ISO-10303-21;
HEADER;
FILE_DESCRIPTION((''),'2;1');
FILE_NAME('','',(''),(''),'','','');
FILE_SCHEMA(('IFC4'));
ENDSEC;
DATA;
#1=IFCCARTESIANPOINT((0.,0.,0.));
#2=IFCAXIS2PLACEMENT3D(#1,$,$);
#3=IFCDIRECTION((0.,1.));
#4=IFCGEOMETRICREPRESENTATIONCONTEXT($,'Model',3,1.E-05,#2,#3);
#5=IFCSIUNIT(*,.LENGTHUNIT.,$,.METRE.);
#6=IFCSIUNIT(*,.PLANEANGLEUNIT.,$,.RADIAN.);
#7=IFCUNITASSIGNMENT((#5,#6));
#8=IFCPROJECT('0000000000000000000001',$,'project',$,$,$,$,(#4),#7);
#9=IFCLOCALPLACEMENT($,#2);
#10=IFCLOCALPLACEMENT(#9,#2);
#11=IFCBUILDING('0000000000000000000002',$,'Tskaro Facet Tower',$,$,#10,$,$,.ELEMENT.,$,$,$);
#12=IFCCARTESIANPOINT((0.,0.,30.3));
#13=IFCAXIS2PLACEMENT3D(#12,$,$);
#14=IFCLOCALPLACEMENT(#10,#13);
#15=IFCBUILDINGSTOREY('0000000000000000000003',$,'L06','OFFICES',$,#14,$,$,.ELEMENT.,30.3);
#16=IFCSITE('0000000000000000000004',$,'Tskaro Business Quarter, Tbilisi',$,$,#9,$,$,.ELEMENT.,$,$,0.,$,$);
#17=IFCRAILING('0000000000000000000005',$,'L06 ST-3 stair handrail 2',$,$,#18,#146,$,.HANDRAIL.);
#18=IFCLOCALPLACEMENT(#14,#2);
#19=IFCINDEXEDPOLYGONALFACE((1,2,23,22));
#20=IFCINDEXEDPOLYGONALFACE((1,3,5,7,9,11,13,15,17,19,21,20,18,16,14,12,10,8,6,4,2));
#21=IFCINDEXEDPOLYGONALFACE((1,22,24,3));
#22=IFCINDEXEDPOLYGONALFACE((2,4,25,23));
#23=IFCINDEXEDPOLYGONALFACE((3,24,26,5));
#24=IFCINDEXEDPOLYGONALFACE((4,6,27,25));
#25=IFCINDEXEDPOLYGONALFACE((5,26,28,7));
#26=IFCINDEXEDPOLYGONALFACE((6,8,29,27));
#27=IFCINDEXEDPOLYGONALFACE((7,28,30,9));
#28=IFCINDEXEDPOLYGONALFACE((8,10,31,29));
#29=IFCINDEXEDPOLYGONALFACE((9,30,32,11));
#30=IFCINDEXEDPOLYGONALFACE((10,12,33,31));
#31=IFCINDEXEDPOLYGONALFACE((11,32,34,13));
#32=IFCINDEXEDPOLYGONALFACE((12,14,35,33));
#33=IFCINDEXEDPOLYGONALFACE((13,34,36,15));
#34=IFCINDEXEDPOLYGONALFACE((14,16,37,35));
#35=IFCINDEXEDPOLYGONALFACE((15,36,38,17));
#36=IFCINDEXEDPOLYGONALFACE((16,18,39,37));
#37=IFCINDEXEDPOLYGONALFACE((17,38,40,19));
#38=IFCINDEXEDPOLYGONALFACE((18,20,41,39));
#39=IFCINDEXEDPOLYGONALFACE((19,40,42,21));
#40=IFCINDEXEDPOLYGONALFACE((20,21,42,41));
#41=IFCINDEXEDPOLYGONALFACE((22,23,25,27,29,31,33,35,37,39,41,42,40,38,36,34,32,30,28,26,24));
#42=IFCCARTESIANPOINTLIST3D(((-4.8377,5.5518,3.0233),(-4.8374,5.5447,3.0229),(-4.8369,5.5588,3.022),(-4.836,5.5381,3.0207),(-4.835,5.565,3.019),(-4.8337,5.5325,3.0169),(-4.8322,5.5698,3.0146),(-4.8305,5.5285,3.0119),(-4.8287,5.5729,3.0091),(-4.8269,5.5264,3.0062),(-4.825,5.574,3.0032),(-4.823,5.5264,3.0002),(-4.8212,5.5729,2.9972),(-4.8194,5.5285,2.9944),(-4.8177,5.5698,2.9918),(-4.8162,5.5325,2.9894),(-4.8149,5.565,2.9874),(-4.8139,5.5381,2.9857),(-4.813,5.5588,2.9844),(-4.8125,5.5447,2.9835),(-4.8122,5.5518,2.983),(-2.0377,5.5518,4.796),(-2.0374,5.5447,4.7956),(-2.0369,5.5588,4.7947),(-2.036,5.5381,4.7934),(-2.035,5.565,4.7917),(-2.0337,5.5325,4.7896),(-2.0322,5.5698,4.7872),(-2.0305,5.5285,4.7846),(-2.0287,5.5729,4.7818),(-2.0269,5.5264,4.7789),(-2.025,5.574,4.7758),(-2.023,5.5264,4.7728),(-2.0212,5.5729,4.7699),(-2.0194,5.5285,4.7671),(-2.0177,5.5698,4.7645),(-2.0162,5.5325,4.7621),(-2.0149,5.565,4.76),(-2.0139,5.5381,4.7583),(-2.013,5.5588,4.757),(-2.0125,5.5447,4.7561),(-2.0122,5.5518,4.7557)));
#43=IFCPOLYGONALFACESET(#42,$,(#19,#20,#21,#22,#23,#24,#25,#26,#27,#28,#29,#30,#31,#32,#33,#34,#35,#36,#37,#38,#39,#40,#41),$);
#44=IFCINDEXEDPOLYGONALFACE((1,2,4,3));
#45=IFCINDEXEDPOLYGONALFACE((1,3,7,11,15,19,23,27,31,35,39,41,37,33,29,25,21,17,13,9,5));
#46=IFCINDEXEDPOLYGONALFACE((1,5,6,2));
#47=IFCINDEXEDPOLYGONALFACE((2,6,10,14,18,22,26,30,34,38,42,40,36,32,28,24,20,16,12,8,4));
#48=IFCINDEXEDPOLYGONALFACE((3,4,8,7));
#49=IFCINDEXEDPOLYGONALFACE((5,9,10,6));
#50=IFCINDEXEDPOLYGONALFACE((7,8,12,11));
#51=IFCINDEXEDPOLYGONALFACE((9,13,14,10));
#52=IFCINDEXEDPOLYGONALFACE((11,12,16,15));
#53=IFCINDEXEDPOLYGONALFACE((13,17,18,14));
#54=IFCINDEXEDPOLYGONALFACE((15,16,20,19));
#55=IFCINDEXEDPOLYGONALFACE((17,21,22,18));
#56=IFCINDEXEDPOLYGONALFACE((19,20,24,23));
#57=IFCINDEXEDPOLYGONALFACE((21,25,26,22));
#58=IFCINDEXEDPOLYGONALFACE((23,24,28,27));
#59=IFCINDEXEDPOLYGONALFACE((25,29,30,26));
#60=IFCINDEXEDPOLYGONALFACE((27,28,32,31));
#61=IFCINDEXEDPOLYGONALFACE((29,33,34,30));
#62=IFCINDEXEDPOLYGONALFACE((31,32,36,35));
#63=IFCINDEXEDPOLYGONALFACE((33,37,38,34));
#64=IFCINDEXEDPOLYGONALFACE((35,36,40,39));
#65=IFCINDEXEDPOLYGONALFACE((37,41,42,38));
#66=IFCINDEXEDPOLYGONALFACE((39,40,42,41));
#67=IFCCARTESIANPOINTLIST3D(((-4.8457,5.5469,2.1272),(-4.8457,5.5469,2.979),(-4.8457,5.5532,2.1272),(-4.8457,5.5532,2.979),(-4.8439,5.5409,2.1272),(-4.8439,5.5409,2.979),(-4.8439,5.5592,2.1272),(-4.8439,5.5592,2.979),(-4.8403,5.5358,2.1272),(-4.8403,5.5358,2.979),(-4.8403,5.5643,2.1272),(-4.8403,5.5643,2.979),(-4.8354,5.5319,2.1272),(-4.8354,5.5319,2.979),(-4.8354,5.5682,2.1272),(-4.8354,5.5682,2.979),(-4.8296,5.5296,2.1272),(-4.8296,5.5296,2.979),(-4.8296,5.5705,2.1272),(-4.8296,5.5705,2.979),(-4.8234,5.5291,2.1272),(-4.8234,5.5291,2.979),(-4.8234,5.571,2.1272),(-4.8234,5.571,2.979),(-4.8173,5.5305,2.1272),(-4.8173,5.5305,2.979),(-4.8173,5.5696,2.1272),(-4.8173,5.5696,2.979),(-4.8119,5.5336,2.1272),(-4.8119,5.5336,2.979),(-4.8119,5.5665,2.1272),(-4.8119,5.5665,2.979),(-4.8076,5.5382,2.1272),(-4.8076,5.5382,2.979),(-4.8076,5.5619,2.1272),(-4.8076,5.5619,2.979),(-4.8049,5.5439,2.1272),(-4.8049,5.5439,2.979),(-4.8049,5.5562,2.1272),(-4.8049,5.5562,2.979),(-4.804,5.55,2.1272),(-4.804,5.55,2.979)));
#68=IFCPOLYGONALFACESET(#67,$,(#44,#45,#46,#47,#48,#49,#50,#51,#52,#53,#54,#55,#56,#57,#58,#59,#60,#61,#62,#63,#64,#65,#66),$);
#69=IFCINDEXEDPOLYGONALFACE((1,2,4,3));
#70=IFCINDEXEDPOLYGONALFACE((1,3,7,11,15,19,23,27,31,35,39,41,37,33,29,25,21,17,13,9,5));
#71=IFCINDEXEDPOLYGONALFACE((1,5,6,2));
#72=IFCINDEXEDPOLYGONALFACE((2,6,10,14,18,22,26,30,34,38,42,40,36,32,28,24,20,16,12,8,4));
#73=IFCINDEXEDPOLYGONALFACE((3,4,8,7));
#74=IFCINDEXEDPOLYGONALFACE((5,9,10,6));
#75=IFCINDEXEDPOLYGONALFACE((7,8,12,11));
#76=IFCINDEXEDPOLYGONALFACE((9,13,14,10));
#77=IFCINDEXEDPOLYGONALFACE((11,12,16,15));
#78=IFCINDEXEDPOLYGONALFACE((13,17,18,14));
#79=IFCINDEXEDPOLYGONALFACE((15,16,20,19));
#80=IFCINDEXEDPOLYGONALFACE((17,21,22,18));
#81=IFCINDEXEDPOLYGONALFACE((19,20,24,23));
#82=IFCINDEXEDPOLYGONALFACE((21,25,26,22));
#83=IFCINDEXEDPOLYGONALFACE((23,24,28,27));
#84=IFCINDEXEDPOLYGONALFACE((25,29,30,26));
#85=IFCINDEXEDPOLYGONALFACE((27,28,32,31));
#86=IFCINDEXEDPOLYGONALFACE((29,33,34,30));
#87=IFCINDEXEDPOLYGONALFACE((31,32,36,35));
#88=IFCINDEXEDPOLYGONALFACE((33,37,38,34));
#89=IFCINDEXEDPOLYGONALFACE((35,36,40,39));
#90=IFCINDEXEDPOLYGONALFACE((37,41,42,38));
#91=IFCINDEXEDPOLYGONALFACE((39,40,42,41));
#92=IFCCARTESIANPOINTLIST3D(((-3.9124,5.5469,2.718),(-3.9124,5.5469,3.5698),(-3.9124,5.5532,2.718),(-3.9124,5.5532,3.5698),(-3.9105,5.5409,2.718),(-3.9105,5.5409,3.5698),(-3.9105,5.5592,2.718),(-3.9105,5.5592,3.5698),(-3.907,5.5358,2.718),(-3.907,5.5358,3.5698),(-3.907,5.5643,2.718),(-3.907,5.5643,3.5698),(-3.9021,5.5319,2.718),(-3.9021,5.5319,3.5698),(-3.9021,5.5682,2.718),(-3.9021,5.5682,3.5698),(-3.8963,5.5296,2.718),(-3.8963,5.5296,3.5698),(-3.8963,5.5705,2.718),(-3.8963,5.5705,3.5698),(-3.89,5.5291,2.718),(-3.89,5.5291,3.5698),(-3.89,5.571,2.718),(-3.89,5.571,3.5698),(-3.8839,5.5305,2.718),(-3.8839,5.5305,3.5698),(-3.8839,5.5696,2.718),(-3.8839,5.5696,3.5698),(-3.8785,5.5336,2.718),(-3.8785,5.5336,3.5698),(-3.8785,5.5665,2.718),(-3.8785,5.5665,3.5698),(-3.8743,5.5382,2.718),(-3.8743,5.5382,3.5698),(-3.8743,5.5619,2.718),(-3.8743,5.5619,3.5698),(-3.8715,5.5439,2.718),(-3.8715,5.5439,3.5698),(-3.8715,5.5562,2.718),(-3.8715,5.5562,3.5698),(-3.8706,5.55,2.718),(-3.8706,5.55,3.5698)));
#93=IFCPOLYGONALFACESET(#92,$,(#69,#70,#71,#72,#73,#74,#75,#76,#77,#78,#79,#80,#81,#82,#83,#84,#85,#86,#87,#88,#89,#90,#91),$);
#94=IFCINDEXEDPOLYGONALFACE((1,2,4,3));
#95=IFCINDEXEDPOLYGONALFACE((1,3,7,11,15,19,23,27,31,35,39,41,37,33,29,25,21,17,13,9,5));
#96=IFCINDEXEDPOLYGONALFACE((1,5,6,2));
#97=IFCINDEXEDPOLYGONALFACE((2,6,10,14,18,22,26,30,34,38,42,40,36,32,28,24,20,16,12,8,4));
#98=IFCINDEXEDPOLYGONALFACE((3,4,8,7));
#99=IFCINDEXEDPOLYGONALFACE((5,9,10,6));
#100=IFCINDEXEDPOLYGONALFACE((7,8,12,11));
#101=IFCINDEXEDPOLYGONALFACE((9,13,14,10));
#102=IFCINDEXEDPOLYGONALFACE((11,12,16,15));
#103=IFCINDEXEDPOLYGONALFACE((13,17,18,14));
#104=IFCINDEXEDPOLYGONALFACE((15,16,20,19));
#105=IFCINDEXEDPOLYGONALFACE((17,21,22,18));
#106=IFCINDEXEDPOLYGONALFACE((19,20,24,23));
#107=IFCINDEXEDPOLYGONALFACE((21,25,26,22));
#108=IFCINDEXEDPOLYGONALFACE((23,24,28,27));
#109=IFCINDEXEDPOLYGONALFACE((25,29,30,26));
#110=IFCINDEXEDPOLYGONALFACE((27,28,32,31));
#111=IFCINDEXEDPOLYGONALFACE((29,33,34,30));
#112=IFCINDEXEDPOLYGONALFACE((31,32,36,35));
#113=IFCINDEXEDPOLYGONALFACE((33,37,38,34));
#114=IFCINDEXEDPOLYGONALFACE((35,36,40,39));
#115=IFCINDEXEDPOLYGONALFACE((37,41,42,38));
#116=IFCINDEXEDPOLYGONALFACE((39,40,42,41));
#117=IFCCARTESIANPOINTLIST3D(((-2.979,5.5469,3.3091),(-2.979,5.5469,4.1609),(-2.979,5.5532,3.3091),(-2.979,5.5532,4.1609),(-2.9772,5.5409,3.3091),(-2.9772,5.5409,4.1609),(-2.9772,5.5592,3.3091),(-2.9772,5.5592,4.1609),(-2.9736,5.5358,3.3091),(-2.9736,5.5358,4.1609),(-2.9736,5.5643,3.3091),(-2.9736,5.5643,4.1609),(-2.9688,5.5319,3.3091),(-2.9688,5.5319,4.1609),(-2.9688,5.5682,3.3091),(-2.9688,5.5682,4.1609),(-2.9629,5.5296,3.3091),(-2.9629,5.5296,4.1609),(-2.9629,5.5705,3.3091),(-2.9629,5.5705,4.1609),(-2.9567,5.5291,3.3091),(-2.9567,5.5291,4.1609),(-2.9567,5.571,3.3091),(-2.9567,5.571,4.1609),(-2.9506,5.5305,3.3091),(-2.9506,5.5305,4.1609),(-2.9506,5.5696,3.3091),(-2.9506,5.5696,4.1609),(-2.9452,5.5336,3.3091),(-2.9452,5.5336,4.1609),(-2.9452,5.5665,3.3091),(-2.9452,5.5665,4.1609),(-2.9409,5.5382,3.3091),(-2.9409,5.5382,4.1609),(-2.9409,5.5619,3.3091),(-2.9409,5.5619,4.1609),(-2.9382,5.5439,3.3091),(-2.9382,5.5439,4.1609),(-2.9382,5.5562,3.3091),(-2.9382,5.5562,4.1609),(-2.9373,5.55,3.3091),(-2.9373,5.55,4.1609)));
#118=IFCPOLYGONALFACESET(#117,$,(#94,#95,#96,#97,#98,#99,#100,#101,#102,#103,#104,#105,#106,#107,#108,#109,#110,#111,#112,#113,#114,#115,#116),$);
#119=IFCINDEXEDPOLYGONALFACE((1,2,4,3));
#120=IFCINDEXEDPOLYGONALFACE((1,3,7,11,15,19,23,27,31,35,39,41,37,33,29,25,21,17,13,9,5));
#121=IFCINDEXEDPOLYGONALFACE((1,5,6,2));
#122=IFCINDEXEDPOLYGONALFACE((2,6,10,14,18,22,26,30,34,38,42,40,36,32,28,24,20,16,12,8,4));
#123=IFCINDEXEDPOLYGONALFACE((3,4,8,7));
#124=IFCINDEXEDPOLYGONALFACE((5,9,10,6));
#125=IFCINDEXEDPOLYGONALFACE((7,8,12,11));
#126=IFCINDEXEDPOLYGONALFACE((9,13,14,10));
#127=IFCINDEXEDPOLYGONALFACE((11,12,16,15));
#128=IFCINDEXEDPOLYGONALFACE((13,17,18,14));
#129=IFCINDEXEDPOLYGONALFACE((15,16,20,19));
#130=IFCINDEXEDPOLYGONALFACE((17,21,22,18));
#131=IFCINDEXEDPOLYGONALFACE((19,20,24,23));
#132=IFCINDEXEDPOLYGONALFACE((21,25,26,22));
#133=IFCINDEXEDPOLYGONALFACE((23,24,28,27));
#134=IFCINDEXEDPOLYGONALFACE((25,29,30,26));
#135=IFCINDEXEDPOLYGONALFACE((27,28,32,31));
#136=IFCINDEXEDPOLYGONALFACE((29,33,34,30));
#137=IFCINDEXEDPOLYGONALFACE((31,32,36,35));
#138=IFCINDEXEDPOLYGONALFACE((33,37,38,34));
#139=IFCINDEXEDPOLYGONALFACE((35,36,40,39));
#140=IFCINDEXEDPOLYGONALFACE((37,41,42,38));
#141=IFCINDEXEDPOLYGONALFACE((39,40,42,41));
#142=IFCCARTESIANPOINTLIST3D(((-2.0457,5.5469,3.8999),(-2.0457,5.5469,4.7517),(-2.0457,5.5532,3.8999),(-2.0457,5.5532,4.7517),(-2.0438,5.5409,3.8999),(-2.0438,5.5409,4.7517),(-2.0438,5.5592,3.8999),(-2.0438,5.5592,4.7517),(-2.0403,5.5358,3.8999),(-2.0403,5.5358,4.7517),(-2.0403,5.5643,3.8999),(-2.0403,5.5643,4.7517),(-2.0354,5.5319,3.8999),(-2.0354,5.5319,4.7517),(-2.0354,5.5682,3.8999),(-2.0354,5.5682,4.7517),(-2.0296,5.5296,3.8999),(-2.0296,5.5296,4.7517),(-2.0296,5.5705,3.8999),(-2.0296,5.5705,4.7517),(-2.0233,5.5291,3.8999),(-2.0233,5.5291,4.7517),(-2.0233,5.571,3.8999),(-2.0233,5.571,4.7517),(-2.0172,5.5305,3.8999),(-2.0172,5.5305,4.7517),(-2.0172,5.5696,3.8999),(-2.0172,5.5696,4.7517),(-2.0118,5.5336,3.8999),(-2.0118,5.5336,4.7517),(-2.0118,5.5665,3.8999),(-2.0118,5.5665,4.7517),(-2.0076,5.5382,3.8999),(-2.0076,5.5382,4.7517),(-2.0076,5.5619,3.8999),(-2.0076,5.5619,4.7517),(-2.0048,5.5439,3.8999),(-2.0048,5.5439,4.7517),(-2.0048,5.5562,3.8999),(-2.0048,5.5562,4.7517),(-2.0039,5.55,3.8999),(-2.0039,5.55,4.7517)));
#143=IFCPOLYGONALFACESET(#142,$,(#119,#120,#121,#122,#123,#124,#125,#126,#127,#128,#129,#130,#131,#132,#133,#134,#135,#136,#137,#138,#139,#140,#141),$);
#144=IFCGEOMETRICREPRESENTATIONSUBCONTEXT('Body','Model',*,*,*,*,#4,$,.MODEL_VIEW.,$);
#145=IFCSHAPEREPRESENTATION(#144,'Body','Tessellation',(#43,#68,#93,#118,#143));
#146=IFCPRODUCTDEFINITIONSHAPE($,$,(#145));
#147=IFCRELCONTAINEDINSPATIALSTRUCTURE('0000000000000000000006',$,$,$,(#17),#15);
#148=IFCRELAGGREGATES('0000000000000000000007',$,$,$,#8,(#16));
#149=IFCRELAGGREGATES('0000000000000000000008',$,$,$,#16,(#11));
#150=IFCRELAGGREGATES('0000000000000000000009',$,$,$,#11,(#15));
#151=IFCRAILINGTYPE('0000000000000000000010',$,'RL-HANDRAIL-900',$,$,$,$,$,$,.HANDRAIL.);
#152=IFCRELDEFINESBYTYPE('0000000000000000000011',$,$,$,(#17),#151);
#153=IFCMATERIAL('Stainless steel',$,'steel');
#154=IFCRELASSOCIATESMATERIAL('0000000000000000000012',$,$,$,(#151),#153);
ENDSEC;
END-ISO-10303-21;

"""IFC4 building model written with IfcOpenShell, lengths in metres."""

from ifc_helpers import new_model, si_unit, direction, frame, origin, origin_2d, place, context, subcontext, project, spatial, circle, extrude, material, type_object, element, save


model = new_model("IFC4")

# Units and contexts
model_context = context("Model", 3, precision=1e-05, world=origin(), true_north=direction((0.0, 1.0)))
body_context = subcontext(model_context, "Body", "Model", "MODEL_VIEW")
ifc_project = project(units=[si_unit("LENGTHUNIT", "METRE"), si_unit("PLANEANGLEUNIT", "RADIAN")], contexts=[model_context])

# Site, building, storey
site_placement = place(None, origin())
site = spatial("IfcSite", under=ifc_project, at=site_placement, Name="Tskaro Business Quarter, Tbilisi", CompositionType="ELEMENT", RefElevation=0.0)
building_placement = place(site_placement, origin())
building = spatial("IfcBuilding", under=site, at=building_placement, Name="Tskaro Facet Tower", CompositionType="ELEMENT")
storey_placement = place(building_placement, frame((0.0, 0.0, 30.3)))
storey = spatial("IfcBuildingStorey", under=building, at=storey_placement, Name="L06", Description="OFFICES", CompositionType="ELEMENT", Elevation=30.3)

# Railing
ifc_material_1 = material(Name="Stainless steel", Category="steel")
railing_type_1 = type_object("IfcRailingType", Name="RL-HANDRAIL-900", PredefinedType="HANDRAIL", material=ifc_material_1)
railing_1_placement = place(storey_placement, frame((-4.825, 5.55, 2.1272)))
element("IfcRailing", 1, at=railing_1_placement, inside=storey, type_object=railing_type_1, Name="L06 ST-3 stair handrail 2", PredefinedType="HANDRAIL", context=body_context, shape_type="SweptSolid", body=[
    extrude(circle(Radius=0.0239, at=origin_2d()), frame((0.0, 0.0, 0.876), z_axis=(0.844909, 0.0, 0.53491), x_axis=(0.0, 1.0, 0.0)), (0.0, 0.0, 1.0), 3.314),
    extrude(circle(Radius=0.021, at=origin_2d()), origin(), (0.0, 0.0, 1.0), 0.8518),
    extrude(circle(Radius=0.021, at=origin_2d()), frame((0.9333, 0.0, 0.5908)), (0.0, 0.0, 1.0), 0.8518),
    extrude(circle(Radius=0.021, at=origin_2d()), frame((1.8667, 0.0, 1.1819)), (0.0, 0.0, 1.0), 0.8518),
    extrude(circle(Radius=0.021, at=origin_2d()), frame((2.8, 0.0, 1.7727)), (0.0, 0.0, 1.0), 0.8518),
])

save(model, "model.ifc")
